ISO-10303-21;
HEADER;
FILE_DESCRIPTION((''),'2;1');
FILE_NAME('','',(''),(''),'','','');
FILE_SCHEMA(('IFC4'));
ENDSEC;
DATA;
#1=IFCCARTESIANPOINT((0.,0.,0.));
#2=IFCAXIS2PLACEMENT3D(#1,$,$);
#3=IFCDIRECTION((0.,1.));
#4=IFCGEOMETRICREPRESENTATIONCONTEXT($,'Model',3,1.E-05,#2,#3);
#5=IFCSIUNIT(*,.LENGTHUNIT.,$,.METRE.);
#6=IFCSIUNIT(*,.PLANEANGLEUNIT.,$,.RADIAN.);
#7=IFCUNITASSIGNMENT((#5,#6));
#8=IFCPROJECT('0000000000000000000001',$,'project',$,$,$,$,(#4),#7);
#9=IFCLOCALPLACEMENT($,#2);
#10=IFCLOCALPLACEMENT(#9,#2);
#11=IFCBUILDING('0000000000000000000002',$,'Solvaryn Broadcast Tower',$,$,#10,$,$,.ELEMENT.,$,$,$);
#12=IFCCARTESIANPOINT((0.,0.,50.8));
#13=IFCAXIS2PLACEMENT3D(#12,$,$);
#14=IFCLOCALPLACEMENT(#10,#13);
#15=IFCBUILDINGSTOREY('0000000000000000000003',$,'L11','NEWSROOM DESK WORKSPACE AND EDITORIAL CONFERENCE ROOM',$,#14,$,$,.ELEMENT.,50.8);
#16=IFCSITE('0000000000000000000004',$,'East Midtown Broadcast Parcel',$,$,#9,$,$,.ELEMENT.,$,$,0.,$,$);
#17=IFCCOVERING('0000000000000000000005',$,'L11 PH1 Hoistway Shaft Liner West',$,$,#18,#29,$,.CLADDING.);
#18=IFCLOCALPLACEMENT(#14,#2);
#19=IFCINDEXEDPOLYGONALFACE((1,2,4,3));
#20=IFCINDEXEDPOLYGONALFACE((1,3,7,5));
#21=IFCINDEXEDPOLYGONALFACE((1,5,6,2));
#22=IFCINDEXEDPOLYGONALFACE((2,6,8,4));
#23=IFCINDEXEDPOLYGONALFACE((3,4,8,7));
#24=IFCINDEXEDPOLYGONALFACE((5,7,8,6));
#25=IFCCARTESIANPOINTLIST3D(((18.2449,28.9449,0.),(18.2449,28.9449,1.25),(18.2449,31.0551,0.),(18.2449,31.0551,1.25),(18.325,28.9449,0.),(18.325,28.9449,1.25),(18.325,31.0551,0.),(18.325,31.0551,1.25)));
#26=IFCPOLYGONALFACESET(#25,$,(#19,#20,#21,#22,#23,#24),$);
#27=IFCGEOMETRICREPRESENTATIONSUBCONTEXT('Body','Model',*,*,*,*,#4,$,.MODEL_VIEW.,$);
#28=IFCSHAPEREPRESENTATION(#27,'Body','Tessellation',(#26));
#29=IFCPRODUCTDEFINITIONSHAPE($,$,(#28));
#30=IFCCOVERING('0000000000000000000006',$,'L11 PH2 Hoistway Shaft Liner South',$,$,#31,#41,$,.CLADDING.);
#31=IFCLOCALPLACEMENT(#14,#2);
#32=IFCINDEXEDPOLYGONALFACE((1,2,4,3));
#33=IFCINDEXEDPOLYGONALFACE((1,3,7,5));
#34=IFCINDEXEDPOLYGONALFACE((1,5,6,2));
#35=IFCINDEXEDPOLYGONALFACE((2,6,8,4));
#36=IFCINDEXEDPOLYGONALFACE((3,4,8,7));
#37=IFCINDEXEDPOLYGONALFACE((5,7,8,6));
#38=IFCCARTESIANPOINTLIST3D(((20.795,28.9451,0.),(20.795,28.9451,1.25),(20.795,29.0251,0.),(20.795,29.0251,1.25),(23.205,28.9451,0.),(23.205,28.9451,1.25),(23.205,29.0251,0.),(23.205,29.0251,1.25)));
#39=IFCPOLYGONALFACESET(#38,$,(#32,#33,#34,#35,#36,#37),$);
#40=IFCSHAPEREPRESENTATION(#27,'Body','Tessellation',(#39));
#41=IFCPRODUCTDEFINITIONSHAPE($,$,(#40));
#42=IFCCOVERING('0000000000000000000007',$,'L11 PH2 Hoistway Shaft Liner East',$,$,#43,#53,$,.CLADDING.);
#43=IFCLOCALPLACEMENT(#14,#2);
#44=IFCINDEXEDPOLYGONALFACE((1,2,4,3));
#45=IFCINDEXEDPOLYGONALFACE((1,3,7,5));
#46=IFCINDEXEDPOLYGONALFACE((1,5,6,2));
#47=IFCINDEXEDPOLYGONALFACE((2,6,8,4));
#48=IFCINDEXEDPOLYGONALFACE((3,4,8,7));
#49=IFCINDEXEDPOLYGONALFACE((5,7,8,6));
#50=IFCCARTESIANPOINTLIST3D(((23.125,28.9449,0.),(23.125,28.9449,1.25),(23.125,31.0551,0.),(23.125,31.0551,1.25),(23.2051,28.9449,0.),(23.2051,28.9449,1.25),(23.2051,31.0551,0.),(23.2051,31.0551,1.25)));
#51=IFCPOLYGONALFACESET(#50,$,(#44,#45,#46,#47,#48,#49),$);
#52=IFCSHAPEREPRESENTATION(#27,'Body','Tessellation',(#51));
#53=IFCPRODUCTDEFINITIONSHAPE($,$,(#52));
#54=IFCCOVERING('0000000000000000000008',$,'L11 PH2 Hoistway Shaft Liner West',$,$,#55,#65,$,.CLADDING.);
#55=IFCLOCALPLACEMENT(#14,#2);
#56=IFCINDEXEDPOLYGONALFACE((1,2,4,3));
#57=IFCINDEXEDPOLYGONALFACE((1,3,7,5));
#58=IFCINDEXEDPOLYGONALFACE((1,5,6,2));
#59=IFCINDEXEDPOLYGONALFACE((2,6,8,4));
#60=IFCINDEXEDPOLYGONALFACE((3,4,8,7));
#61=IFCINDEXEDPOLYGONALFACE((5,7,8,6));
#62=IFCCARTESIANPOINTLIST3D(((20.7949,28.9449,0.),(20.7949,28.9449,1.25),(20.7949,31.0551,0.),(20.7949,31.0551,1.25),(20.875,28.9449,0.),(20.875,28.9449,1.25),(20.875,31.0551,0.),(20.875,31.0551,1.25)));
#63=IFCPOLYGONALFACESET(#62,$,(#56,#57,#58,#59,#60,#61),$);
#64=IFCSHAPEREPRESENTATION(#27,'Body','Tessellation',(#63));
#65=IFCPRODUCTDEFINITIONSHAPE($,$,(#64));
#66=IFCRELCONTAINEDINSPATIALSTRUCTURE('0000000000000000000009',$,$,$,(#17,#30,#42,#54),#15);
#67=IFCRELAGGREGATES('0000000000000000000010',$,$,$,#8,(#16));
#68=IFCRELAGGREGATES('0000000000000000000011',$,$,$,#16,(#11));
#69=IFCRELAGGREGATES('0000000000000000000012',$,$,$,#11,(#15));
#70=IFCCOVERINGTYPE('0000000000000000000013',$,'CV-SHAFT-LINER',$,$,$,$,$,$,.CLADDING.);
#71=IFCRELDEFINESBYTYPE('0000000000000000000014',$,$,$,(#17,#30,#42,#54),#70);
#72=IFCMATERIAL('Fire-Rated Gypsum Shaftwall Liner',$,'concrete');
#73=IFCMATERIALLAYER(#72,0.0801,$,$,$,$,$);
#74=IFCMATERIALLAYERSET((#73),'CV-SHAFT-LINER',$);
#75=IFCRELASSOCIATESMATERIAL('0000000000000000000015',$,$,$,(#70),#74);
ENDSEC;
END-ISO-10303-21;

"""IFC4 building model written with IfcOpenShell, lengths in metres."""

from ifc_helpers import new_model, si_unit, direction, frame, origin, origin_2d, place, context, subcontext, project, spatial, rectangle, extrude, material, layer, layer_set, type_object, element, save


model = new_model("IFC4")

# Units and contexts
model_context = context("Model", 3, precision=1e-05, world=origin(), true_north=direction((0.0, 1.0)))
body_context = subcontext(model_context, "Body", "Model", "MODEL_VIEW")
ifc_project = project(units=[si_unit("LENGTHUNIT", "METRE"), si_unit("PLANEANGLEUNIT", "RADIAN")], contexts=[model_context])

# Site, building, storey
site_placement = place(None, origin())
site = spatial("IfcSite", under=ifc_project, at=site_placement, Name="East Midtown Broadcast Parcel", CompositionType="ELEMENT", RefElevation=0.0)
building_placement = place(site_placement, origin())
building = spatial("IfcBuilding", under=site, at=building_placement, Name="Solvaryn Broadcast Tower", CompositionType="ELEMENT")
storey_placement = place(building_placement, frame((0.0, 0.0, 50.8)))
storey = spatial("IfcBuildingStorey", under=building, at=storey_placement, Name="L11", Description="NEWSROOM DESK WORKSPACE AND EDITORIAL CONFERENCE ROOM", CompositionType="ELEMENT", Elevation=50.8)

# Coverings
ifc_material_1 = material(Name="Fire-Rated Gypsum Shaftwall Liner", Category="concrete")
ifc_layer_1 = layer(ifc_material_1, 0.0801)
ifc_layer_set_1 = layer_set([ifc_layer_1], Name="CV-SHAFT-LINER")
covering_type = type_object("IfcCoveringType", Name="CV-SHAFT-LINER", PredefinedType="CLADDING", material=ifc_layer_set_1)
for number, where, z_axis, x_axis, name in (
    (1, (18.2849, 30.0, 0.0), (0.0, 0.0, 1.0), (1.0, 0.0, 0.0), "L11 PH1 Hoistway Shaft Liner West"),
):
    element("IfcCovering", number, at=place(storey_placement, frame(where, z_axis=z_axis, x_axis=x_axis)), inside=storey, type_object=covering_type, Name=name, PredefinedType="CLADDING", context=body_context, shape_type="SweptSolid", body=[
        extrude(rectangle(XDim=0.0801, YDim=2.1101, at=origin_2d()), origin(), (0.0, 0.0, 1.0), 1.25),
    ])
covering_placement = place(storey_placement, frame((22.0, 28.9851, 0.0), z_axis=(0.0, 0.0, 1.0), x_axis=(1.0, 0.0, 0.0)))
element("IfcCovering", 2, at=covering_placement, inside=storey, type_object=covering_type, Name="L11 PH2 Hoistway Shaft Liner South", PredefinedType="CLADDING", context=body_context, shape_type="SweptSolid", body=[
    extrude(rectangle(XDim=2.4099, YDim=0.0801, at=origin_2d()), origin(), (0.0, 0.0, 1.0), 1.25),
])
for number, where, z_axis, x_axis, name in (
    (3, (23.165, 30.0, 0.0), (0.0, 0.0, 1.0), (1.0, 0.0, 0.0), "L11 PH2 Hoistway Shaft Liner East"),
    (4, (20.835, 30.0, 0.0), (0.0, 0.0, 1.0), (1.0, 0.0, 0.0), "L11 PH2 Hoistway Shaft Liner West"),
):
    element("IfcCovering", number, at=place(storey_placement, frame(where, z_axis=z_axis, x_axis=x_axis)), inside=storey, type_object=covering_type, Name=name, PredefinedType="CLADDING", context=body_context, shape_type="SweptSolid", body=[
        extrude(rectangle(XDim=0.0801, YDim=2.1101, at=origin_2d()), origin(), (0.0, 0.0, 1.0), 1.25),
    ])

save(model, "model.ifc")
